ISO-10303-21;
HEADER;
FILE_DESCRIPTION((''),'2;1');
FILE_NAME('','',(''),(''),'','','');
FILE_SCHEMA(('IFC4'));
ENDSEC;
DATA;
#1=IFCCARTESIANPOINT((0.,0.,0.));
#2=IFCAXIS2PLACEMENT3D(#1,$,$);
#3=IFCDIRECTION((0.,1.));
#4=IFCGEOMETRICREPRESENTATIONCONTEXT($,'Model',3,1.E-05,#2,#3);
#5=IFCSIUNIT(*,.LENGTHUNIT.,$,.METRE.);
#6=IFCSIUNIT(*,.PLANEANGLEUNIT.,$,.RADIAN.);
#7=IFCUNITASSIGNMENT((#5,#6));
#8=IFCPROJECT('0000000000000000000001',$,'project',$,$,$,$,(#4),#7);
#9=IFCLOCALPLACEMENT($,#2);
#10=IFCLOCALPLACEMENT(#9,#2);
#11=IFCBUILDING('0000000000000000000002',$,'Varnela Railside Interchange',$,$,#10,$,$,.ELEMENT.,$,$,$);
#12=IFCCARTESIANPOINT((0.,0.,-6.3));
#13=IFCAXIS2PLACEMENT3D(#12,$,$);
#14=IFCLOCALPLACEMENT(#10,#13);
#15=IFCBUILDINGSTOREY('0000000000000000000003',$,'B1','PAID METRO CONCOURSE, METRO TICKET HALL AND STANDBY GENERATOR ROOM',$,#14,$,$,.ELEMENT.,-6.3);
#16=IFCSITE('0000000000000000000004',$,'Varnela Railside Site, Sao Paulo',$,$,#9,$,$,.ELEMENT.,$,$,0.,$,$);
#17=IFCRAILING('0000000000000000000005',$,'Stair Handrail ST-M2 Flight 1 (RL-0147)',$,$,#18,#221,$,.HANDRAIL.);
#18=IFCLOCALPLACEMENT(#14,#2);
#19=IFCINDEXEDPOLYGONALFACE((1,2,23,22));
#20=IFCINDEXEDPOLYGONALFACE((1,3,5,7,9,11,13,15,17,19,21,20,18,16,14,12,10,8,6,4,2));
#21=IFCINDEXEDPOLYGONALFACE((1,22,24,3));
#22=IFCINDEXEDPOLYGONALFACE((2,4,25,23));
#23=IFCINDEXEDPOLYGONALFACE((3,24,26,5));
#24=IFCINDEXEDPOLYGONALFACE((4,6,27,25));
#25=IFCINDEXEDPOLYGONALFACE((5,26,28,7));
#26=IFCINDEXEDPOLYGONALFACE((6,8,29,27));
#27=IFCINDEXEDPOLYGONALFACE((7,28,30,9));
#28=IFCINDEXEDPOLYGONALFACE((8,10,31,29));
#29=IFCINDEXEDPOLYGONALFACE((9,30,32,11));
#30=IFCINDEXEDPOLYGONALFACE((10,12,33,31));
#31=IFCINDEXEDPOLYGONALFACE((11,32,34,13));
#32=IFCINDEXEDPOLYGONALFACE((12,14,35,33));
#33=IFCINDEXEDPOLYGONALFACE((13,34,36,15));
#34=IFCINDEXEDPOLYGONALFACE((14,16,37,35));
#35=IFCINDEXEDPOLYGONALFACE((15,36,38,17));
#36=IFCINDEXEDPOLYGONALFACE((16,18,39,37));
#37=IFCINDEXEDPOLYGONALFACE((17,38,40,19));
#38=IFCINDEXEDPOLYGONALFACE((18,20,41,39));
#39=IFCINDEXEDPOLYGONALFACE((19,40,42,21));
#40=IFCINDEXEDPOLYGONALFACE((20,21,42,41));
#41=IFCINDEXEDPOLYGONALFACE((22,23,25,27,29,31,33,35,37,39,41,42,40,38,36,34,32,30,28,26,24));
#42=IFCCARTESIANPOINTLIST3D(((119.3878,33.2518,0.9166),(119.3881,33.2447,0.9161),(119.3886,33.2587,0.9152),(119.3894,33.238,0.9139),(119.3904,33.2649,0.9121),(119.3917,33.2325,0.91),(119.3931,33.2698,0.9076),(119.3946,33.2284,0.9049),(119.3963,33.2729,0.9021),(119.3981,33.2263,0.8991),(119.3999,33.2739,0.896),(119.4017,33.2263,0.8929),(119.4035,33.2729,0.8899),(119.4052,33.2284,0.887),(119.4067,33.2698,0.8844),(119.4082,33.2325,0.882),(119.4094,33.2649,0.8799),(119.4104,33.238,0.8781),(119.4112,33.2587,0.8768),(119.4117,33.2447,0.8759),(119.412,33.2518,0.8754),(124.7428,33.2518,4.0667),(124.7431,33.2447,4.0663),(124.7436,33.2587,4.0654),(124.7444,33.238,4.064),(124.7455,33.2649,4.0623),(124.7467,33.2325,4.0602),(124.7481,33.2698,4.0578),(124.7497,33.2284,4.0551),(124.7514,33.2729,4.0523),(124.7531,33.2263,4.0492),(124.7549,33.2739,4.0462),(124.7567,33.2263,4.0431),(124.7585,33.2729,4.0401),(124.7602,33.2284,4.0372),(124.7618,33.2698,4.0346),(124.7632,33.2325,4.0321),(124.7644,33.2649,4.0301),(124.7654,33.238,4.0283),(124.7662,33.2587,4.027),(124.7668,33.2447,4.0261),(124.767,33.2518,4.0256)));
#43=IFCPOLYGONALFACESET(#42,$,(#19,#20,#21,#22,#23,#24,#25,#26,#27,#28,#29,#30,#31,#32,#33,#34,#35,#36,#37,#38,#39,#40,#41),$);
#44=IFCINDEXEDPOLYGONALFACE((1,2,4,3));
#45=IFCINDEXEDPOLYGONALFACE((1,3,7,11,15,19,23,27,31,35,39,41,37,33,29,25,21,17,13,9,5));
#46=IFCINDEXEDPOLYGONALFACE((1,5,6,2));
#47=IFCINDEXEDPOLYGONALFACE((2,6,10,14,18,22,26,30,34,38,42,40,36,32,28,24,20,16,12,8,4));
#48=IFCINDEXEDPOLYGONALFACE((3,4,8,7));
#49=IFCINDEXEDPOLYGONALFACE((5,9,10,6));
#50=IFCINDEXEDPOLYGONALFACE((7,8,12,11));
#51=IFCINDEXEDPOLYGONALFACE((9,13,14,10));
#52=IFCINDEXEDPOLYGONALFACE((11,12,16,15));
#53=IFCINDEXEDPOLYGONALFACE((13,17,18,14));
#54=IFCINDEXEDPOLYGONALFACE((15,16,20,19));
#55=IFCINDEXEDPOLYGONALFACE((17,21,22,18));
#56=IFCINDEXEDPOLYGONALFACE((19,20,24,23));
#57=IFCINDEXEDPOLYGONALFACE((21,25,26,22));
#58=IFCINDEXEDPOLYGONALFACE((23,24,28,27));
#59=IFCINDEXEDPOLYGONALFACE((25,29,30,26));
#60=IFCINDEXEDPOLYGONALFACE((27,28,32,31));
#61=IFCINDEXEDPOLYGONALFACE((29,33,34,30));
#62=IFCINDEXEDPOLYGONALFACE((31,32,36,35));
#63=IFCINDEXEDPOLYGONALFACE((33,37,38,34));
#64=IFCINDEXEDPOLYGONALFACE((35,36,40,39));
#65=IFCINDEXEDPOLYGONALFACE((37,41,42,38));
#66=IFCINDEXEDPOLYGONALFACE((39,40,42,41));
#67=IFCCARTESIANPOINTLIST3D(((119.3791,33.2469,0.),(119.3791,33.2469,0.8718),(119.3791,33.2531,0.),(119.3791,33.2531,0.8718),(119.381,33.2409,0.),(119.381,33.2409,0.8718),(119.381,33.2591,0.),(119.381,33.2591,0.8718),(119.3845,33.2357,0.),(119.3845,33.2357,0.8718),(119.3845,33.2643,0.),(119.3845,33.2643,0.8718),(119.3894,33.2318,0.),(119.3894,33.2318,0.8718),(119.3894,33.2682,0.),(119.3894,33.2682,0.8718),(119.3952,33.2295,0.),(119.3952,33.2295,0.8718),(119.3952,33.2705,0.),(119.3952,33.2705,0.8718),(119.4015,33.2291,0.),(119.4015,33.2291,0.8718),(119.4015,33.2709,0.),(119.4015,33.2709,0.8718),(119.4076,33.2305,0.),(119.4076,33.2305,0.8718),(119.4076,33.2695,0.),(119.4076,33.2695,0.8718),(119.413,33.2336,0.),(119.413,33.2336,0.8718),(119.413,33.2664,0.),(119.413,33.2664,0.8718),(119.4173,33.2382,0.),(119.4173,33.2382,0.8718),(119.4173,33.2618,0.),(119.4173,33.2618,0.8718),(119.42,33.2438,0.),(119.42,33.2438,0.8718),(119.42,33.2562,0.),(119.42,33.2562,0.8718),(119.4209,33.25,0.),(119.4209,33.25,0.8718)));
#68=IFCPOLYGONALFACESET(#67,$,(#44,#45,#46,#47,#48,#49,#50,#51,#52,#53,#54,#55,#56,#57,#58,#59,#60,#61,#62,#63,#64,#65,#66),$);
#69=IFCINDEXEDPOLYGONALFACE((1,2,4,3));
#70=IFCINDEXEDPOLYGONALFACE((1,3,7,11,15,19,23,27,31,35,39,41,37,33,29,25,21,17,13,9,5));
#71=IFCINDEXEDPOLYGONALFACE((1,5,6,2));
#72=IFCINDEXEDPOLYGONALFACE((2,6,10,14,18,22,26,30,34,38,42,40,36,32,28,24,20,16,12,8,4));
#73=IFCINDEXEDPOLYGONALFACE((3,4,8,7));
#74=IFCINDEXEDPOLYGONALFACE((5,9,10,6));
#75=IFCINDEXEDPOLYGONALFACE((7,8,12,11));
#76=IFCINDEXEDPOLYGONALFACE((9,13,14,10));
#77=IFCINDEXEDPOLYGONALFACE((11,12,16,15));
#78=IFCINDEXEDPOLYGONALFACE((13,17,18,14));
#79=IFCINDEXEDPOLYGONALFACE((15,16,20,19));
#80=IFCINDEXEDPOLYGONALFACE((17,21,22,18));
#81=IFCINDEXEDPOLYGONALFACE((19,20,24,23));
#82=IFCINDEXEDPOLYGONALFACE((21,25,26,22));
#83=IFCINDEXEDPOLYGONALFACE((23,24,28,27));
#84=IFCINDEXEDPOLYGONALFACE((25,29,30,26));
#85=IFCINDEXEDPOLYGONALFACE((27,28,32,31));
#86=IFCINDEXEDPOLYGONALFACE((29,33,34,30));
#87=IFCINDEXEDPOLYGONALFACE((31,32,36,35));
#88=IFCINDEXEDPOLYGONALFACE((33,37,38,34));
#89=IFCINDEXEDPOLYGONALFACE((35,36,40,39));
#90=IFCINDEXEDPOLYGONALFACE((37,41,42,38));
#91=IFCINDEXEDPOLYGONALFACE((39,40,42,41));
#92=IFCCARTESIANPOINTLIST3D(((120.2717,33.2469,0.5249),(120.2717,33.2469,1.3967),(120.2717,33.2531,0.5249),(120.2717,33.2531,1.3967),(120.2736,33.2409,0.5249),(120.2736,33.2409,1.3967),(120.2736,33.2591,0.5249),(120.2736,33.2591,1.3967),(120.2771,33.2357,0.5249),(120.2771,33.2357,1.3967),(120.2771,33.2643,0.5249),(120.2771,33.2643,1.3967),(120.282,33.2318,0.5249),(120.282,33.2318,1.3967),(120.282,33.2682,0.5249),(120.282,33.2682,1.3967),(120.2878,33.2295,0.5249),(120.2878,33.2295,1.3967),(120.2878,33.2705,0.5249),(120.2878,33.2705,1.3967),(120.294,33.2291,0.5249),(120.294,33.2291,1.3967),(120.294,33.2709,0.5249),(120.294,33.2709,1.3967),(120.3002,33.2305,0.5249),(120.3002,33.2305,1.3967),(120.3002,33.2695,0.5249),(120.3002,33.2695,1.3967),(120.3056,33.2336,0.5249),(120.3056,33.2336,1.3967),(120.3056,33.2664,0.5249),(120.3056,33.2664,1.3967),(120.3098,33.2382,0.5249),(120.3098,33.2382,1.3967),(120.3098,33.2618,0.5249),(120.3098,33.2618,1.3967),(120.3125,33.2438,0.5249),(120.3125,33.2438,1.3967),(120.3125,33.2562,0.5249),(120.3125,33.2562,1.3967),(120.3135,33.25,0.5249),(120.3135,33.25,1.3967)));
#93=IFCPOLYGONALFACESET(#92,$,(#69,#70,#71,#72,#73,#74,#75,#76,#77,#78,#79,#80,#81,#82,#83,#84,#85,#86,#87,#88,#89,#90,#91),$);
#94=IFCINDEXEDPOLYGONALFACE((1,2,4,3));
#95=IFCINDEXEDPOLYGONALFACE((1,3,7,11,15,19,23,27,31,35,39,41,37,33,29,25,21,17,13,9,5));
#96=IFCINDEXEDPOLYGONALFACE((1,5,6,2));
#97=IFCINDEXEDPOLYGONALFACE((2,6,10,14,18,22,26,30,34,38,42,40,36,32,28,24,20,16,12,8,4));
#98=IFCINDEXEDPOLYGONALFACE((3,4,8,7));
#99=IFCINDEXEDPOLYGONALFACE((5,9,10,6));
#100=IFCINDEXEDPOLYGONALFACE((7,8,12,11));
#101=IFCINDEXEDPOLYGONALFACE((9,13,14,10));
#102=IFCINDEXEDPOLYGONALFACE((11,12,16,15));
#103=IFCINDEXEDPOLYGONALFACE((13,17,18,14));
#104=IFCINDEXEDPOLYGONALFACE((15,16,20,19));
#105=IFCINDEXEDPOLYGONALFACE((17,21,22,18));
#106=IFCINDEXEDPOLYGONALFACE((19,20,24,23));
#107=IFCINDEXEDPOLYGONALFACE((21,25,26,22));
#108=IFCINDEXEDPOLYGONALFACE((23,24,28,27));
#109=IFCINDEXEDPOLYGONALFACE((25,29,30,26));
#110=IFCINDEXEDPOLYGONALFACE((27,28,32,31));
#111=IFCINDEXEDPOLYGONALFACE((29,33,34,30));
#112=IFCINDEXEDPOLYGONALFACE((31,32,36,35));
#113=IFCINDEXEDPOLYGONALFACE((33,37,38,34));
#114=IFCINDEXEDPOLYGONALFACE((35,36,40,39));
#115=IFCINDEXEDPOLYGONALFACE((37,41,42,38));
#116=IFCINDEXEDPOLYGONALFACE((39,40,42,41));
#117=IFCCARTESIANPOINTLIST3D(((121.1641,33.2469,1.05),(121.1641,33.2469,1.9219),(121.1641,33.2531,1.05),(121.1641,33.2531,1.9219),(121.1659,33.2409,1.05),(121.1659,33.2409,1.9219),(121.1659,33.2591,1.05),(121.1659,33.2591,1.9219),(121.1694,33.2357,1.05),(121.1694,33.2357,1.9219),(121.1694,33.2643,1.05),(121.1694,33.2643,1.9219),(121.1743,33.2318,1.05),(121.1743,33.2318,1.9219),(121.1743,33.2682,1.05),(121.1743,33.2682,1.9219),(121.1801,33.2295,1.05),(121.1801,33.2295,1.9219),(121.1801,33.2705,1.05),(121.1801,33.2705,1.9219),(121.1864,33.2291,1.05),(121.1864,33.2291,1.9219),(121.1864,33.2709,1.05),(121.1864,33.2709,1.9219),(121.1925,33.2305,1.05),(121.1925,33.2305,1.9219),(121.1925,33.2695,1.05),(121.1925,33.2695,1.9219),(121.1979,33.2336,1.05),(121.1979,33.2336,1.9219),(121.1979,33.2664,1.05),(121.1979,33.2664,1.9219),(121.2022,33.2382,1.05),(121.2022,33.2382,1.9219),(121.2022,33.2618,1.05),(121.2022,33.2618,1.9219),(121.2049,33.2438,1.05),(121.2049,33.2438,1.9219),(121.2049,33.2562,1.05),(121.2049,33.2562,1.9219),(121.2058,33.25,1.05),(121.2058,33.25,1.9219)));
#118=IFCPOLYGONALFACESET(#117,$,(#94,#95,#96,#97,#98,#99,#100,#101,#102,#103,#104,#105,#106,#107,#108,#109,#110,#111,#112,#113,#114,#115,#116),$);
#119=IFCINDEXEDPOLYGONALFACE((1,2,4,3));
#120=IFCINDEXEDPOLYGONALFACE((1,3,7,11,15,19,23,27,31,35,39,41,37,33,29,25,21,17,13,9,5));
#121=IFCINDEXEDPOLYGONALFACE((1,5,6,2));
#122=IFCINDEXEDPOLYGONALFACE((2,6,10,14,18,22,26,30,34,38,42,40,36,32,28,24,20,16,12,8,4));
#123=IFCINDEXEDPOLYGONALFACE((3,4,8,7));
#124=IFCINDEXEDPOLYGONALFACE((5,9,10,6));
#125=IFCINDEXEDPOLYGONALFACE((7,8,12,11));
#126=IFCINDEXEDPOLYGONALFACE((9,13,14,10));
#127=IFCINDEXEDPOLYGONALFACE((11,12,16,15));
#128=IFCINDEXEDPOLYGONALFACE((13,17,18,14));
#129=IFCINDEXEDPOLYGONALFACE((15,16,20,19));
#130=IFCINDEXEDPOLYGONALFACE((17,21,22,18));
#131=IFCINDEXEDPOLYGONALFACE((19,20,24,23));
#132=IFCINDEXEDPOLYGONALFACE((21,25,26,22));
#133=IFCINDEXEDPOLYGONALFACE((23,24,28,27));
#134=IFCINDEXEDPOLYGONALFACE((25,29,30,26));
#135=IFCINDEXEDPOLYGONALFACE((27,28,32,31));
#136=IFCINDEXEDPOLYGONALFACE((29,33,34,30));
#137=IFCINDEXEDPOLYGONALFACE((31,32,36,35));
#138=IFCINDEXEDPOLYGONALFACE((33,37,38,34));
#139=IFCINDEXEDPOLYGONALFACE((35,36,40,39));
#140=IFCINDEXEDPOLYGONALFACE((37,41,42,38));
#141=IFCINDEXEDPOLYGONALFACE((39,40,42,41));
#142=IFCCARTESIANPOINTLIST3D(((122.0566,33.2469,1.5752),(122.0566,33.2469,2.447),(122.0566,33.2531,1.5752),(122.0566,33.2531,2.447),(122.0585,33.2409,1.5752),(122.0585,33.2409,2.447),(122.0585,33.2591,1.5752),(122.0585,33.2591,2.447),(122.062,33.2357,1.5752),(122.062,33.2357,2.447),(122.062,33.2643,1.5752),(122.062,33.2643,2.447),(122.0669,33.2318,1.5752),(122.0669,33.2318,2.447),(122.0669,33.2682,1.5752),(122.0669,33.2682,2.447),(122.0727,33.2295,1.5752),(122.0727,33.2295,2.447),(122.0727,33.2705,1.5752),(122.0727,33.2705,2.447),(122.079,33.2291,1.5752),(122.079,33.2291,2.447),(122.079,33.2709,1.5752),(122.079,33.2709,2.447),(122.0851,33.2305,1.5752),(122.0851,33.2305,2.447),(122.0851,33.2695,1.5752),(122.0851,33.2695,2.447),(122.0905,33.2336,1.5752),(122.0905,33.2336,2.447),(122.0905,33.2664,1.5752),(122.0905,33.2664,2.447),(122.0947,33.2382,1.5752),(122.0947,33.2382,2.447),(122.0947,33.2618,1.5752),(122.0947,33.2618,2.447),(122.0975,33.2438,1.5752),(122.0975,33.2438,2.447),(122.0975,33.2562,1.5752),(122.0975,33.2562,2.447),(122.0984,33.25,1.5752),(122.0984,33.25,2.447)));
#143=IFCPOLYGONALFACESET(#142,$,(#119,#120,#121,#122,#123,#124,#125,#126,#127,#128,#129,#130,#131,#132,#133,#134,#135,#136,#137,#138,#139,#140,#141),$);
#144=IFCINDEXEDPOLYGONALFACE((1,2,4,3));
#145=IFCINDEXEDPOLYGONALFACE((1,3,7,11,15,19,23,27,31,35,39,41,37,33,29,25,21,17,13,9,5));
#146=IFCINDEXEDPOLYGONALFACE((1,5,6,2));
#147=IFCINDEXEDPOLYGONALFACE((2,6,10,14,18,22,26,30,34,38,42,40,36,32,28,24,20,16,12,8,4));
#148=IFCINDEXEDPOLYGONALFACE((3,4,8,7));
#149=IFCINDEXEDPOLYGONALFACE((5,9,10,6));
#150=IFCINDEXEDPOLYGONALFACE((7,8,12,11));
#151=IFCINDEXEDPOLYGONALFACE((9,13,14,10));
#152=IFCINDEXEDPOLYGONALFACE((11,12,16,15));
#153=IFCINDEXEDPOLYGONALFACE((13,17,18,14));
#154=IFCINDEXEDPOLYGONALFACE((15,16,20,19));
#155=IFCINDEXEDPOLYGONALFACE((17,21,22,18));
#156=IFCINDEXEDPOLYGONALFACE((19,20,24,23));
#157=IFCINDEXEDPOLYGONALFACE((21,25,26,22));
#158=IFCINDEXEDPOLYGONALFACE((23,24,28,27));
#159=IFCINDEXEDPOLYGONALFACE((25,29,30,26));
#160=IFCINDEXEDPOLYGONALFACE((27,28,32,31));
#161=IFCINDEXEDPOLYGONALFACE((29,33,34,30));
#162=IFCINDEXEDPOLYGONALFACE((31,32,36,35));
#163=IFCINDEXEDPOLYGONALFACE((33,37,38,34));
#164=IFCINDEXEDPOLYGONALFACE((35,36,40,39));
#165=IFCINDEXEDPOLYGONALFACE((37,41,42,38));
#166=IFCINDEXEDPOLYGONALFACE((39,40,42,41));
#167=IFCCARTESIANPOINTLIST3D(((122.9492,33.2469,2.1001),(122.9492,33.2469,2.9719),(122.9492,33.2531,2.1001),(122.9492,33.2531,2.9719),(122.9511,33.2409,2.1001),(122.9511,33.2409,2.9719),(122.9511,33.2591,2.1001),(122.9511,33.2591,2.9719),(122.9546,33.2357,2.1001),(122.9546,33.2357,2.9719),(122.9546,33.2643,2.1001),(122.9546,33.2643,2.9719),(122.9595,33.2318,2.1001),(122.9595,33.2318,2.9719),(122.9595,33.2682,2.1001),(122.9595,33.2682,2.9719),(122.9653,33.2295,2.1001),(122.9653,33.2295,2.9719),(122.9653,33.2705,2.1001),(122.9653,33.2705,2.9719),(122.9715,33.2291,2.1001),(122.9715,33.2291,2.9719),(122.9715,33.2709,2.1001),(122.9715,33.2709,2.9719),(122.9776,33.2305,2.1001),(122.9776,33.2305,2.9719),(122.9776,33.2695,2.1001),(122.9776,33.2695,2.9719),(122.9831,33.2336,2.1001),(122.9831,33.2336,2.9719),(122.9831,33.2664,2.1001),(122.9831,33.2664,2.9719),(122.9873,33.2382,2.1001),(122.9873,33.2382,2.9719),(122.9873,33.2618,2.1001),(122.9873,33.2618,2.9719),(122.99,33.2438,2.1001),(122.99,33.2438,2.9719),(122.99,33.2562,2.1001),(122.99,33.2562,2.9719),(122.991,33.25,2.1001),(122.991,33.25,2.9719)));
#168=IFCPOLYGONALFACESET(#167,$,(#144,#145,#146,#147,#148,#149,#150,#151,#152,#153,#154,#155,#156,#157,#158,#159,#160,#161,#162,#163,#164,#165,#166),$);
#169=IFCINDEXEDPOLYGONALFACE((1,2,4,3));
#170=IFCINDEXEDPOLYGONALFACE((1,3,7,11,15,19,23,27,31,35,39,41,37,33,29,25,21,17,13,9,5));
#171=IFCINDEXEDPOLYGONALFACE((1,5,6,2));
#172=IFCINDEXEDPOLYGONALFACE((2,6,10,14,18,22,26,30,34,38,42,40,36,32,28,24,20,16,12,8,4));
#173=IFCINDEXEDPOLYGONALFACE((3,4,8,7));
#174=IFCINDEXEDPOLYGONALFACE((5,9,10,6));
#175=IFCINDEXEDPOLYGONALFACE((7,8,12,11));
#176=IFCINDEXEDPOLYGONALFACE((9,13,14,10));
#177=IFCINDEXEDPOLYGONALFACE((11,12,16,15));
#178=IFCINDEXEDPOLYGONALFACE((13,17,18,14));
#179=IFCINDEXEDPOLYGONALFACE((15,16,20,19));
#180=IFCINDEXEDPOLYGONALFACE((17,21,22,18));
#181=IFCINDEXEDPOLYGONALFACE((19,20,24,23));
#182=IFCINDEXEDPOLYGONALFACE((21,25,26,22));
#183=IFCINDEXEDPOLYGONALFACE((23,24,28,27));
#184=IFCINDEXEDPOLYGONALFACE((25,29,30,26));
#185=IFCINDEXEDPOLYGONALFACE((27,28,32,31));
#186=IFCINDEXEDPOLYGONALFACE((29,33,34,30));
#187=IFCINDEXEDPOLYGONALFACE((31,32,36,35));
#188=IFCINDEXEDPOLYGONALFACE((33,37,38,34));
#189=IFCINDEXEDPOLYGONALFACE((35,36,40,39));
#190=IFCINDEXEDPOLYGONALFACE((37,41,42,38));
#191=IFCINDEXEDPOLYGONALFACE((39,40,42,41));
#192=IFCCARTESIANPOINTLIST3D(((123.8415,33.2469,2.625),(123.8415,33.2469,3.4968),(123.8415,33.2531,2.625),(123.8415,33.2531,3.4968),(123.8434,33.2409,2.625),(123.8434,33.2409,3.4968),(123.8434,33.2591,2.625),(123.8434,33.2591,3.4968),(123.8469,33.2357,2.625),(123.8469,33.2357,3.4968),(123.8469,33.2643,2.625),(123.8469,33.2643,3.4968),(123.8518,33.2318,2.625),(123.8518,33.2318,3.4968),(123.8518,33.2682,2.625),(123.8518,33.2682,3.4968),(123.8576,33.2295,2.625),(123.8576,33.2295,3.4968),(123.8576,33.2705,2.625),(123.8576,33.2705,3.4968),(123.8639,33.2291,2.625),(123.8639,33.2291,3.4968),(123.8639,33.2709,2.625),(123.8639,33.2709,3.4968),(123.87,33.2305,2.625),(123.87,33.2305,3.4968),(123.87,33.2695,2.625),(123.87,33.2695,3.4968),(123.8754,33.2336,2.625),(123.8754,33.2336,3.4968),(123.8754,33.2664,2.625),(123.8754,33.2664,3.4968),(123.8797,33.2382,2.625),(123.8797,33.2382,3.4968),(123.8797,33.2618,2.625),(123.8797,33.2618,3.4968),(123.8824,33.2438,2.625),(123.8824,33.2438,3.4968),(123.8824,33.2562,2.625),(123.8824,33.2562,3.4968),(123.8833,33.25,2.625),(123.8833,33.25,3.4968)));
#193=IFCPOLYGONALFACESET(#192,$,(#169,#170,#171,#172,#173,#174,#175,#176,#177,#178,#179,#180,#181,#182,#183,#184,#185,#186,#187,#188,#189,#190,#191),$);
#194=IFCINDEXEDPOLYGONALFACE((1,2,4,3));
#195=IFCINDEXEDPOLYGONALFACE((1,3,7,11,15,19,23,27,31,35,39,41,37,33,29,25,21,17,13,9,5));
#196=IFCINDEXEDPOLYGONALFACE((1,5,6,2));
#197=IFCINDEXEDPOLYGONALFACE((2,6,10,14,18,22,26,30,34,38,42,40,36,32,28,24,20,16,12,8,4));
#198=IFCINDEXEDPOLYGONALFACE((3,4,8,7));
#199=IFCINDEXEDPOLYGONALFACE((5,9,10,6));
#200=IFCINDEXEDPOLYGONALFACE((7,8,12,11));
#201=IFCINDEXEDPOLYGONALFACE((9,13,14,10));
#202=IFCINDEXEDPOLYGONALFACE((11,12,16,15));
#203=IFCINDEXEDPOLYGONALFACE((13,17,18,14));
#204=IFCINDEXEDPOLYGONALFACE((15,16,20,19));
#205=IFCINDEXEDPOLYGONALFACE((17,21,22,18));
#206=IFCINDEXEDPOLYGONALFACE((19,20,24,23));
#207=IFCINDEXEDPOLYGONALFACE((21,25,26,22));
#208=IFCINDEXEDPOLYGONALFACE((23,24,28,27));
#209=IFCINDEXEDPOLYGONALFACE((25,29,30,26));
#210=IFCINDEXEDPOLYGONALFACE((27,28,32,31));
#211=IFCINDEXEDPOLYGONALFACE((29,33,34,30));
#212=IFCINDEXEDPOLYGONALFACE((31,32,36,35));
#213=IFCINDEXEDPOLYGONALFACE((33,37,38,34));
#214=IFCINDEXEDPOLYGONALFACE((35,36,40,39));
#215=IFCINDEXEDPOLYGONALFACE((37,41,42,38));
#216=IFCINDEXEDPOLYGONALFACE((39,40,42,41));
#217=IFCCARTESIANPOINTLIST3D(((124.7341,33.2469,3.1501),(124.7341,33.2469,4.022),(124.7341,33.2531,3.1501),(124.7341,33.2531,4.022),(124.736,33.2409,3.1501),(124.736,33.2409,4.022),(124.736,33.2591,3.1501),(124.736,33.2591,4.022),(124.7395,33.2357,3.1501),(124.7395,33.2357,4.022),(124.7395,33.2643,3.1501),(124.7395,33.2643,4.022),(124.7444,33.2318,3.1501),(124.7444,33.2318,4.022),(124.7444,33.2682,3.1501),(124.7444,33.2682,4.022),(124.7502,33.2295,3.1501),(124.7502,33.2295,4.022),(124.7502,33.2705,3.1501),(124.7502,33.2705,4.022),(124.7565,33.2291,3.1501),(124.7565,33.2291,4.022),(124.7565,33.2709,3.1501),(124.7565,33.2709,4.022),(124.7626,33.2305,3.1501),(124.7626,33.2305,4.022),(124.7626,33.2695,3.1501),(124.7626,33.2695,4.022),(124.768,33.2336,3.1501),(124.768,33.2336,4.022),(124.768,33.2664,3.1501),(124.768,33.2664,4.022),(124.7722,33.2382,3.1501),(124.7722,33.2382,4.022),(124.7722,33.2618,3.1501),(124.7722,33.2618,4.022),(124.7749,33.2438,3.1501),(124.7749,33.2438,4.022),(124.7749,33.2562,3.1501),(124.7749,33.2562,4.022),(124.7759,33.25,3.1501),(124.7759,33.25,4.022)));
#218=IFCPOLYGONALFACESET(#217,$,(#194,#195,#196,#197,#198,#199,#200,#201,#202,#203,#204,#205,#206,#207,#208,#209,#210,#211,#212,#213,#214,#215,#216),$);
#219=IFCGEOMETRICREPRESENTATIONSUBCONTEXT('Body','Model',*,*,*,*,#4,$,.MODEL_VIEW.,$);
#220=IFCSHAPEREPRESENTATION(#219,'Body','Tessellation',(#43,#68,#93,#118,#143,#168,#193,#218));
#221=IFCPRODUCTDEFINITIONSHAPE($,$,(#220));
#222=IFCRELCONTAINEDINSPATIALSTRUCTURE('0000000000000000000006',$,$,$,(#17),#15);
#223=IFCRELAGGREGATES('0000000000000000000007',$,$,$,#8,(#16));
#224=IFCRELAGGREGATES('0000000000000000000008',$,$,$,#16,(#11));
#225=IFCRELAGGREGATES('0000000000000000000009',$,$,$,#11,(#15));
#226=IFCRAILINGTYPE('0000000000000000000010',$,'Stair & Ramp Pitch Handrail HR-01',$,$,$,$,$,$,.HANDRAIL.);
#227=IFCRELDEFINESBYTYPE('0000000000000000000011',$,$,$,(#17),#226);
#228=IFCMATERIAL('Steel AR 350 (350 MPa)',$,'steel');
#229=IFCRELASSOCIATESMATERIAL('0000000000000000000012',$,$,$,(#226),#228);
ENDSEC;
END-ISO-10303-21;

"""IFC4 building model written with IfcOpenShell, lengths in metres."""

from ifc_helpers import new_model, si_unit, direction, frame, origin, origin_2d, place, context, subcontext, project, spatial, circle, extrude, material, type_object, element, save


model = new_model("IFC4")

# Units and contexts
model_context = context("Model", 3, precision=1e-05, world=origin(), true_north=direction((0.0, 1.0)))
body_context = subcontext(model_context, "Body", "Model", "MODEL_VIEW")
ifc_project = project(units=[si_unit("LENGTHUNIT", "METRE"), si_unit("PLANEANGLEUNIT", "RADIAN")], contexts=[model_context])

# Site, building, storey
site_placement = place(None, origin())
site = spatial("IfcSite", under=ifc_project, at=site_placement, Name="Varnela Railside Site, Sao Paulo", CompositionType="ELEMENT", RefElevation=0.0)
building_placement = place(site_placement, origin())
building = spatial("IfcBuilding", under=site, at=building_placement, Name="Varnela Railside Interchange", CompositionType="ELEMENT")
storey_placement = place(building_placement, frame((0.0, 0.0, -6.3)))
storey = spatial("IfcBuildingStorey", under=building, at=storey_placement, Name="B1", Description="PAID METRO CONCOURSE, METRO TICKET HALL AND STANDBY GENERATOR ROOM", CompositionType="ELEMENT", Elevation=-6.3)

# Railing
ifc_material_1 = material(Name="Steel AR 350 (350 MPa)", Category="steel")
railing_type_1 = type_object("IfcRailingType", Name="Stair & Ramp Pitch Handrail HR-01", PredefinedType="HANDRAIL", material=ifc_material_1)
railing_1_placement = place(storey_placement, frame((119.3999, 33.25, 0.0)))
element("IfcRailing", 1, at=railing_1_placement, inside=storey, type_object=railing_type_1, Name="Stair Handrail ST-M2 Flight 1 (RL-0147)", PredefinedType="HANDRAIL", context=body_context, shape_type="SweptSolid", body=[
    extrude(circle(Radius=0.0239, at=origin_2d()), frame((0.0, 0.0, 0.896), z_axis=(0.861923, 0.0, 0.507039), x_axis=(0.0, 1.0, 0.0)), (0.0, 0.0, 1.0), 6.2129),
    extrude(circle(Radius=0.021, at=origin_2d()), origin(), (0.0, 0.0, 1.0), 0.8718),
    extrude(circle(Radius=0.021, at=origin_2d()), frame((0.8926, 0.0, 0.5249)), (0.0, 0.0, 1.0), 0.8718),
    extrude(circle(Radius=0.021, at=origin_2d()), frame((1.7849, 0.0, 1.05)), (0.0, 0.0, 1.0), 0.8718),
    extrude(circle(Radius=0.021, at=origin_2d()), frame((2.6775, 0.0, 1.5752)), (0.0, 0.0, 1.0), 0.8718),
    extrude(circle(Radius=0.021, at=origin_2d()), frame((3.5701, 0.0, 2.1001)), (0.0, 0.0, 1.0), 0.8718),
    extrude(circle(Radius=0.021, at=origin_2d()), frame((4.4624, 0.0, 2.625)), (0.0, 0.0, 1.0), 0.8718),
    extrude(circle(Radius=0.021, at=origin_2d()), frame((5.355, 0.0, 3.1501)), (0.0, 0.0, 1.0), 0.8718),
])

save(model, "model.ifc")
